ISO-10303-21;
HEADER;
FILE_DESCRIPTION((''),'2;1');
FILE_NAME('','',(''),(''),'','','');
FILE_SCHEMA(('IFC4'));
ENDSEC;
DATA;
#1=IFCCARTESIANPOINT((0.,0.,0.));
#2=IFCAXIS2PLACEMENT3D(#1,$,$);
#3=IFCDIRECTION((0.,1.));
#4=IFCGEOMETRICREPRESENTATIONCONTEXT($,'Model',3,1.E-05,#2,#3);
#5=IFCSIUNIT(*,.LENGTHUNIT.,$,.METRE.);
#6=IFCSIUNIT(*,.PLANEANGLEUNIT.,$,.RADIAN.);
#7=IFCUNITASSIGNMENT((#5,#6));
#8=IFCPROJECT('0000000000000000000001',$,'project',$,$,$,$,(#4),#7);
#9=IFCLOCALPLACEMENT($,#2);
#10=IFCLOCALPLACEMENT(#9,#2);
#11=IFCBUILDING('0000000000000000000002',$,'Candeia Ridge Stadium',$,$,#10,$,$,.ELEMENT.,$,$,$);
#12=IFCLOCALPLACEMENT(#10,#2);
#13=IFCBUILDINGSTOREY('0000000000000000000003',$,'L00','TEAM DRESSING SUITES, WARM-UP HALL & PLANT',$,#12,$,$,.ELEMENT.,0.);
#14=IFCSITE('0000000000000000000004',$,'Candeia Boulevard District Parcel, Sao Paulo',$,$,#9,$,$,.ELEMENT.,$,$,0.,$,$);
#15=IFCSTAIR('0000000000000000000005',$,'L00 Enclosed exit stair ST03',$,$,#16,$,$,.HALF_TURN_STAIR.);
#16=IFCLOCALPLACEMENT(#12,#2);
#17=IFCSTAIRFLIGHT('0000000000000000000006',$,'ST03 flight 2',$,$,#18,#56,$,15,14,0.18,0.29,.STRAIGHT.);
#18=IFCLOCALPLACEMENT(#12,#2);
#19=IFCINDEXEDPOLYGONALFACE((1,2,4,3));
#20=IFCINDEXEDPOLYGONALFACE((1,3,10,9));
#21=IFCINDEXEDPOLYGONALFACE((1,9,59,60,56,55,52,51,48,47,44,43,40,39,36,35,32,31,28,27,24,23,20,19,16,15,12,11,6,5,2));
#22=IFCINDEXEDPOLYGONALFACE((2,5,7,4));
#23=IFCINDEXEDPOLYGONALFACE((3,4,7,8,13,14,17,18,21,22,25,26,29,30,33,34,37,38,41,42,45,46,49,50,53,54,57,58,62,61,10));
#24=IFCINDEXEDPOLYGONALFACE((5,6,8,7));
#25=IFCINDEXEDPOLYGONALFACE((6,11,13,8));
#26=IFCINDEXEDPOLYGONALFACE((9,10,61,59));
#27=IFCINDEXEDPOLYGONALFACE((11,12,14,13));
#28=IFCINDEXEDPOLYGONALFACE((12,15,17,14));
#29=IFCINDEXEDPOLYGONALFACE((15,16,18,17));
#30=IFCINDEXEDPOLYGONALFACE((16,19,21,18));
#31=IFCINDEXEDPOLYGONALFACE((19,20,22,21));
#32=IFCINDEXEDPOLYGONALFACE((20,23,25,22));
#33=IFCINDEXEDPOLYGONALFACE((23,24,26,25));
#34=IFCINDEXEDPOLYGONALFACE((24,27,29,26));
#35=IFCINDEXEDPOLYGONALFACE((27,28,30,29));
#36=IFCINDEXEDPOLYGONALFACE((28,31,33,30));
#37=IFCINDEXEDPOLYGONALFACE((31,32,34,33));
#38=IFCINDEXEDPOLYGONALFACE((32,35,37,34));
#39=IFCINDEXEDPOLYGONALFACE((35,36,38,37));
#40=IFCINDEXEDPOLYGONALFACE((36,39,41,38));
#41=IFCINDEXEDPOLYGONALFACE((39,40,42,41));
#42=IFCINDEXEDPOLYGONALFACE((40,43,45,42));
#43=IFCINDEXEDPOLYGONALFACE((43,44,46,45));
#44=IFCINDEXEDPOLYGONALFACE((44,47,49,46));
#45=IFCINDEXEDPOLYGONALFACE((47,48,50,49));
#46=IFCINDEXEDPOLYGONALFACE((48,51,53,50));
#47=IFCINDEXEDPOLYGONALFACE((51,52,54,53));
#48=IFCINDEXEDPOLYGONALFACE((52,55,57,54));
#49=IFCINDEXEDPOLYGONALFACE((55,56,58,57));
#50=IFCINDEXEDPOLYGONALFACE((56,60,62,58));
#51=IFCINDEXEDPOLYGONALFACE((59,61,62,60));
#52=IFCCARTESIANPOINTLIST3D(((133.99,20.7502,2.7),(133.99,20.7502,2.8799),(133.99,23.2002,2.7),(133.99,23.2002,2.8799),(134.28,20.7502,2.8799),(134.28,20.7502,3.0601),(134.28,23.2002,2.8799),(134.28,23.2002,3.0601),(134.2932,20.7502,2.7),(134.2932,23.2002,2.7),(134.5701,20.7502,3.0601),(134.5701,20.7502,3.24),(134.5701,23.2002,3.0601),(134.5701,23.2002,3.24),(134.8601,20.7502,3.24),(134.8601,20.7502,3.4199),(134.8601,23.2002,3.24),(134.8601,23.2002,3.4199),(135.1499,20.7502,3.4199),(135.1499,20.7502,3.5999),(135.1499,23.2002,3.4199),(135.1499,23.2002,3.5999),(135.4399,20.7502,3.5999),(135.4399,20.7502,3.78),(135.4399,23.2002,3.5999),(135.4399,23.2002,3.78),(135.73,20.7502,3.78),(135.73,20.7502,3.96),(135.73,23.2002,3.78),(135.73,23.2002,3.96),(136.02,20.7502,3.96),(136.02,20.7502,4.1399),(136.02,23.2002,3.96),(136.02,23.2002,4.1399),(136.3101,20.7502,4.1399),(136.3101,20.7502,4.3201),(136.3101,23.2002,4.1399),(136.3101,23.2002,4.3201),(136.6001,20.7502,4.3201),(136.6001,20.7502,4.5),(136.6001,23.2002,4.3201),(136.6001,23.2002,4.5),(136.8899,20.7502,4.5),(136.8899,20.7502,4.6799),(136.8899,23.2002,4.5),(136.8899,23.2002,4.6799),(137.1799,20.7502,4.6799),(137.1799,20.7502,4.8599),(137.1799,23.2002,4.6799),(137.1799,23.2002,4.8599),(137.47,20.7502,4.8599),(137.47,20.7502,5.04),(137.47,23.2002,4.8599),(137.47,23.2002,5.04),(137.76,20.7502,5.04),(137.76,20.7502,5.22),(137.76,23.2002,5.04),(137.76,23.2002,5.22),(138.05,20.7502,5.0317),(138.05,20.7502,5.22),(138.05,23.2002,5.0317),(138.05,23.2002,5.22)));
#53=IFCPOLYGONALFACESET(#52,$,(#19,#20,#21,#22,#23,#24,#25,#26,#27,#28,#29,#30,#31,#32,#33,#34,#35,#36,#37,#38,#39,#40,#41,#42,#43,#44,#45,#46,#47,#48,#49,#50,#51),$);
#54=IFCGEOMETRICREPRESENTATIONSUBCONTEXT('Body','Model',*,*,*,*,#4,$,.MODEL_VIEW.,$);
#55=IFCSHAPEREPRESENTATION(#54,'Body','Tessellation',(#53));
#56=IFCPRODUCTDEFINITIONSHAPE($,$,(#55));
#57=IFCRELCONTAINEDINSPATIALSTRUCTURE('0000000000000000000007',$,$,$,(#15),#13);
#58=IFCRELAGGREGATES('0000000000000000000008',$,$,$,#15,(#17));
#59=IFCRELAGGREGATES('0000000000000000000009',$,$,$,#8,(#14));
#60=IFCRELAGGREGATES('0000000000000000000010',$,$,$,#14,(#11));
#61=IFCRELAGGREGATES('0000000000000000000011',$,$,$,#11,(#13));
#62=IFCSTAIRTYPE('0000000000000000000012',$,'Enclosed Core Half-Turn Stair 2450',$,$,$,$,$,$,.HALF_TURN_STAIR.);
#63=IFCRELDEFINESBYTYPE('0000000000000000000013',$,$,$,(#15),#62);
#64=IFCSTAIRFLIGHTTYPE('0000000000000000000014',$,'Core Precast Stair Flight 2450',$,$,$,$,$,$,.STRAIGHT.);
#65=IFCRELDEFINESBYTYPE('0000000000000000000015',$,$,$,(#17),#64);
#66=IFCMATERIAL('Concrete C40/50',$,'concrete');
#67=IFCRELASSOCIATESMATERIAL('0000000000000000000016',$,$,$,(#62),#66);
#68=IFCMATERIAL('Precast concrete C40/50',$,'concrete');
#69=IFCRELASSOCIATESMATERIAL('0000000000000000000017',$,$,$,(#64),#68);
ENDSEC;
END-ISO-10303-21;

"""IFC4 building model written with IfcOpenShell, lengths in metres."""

from ifc_helpers import new_model, si_unit, direction, frame, origin, place, context, subcontext, project, spatial, polyline, outline, extrude, material, type_object, element, aggregate, save


model = new_model("IFC4")

# Units and contexts
model_context = context("Model", 3, precision=1e-05, world=origin(), true_north=direction((0.0, 1.0)))
body_context = subcontext(model_context, "Body", "Model", "MODEL_VIEW")
ifc_project = project(units=[si_unit("LENGTHUNIT", "METRE"), si_unit("PLANEANGLEUNIT", "RADIAN")], contexts=[model_context])

# Site, building, storey
site_placement = place(None, origin())
site = spatial("IfcSite", under=ifc_project, at=site_placement, Name="Candeia Boulevard District Parcel, Sao Paulo", CompositionType="ELEMENT", RefElevation=0.0)
building_placement = place(site_placement, origin())
building = spatial("IfcBuilding", under=site, at=building_placement, Name="Candeia Ridge Stadium", CompositionType="ELEMENT")
storey_placement = place(building_placement, origin())
storey = spatial("IfcBuildingStorey", under=building, at=storey_placement, Name="L00", Description="TEAM DRESSING SUITES, WARM-UP HALL & PLANT", CompositionType="ELEMENT", Elevation=0.0)

# Shared definitions
ifc_material_1 = material(Name="Concrete C40/50", Category="concrete")

# Stair, stair flight
stair_type = type_object("IfcStairType", Name="Enclosed Core Half-Turn Stair 2450", PredefinedType="HALF_TURN_STAIR", material=ifc_material_1)
stair_placement = place(storey_placement, origin())
stair = element("IfcStair", 1, at=stair_placement, inside=storey, type_object=stair_type, Name="L00 Enclosed exit stair ST03", PredefinedType="HALF_TURN_STAIR")
ifc_material_2 = material(Name="Precast concrete C40/50", Category="concrete")
stair_flight_type = type_object("IfcStairFlightType", Name="Core Precast Stair Flight 2450", PredefinedType="STRAIGHT", material=ifc_material_2)
stair_flight_placement = place(storey_placement, frame((133.99, 21.9751, 2.7), z_axis=(0.0, 0.0, 1.0), x_axis=(1.0, 0.0, 0.0)))
stair_flight = element("IfcStairFlight", 2, at=stair_flight_placement, type_object=stair_flight_type, Name="ST03 flight 2", NumberOfRisers=15, NumberOfTreads=14, PredefinedType="STRAIGHT", RiserHeight=0.18, TreadLength=0.29, context=body_context, shape_type="SweptSolid", body=[
    extrude(outline(polyline([(0.0, 0.0), (0.0, 0.1799), (0.29, 0.1799), (0.29, 0.3601), (0.5801, 0.3601), (0.5801, 0.54), (0.8701, 0.54), (0.8701, 0.72), (1.1599, 0.72), (1.1599, 0.8999), (1.45, 0.8999), (1.45, 1.0801), (1.74, 1.0801), (1.74, 1.26), (2.03, 1.26), (2.03, 1.4399), (2.3201, 1.4399), (2.3201, 1.6201), (2.6101, 1.6201), (2.6101, 1.8), (2.8999, 1.8), (2.8999, 1.98), (3.1899, 1.98), (3.1899, 2.1599), (3.48, 2.1599), (3.48, 2.3401), (3.77, 2.3401), (3.77, 2.52), (4.0601, 2.52), (4.0601, 2.7), (4.0601, 2.3318), (0.3032, 0.0), (0.0, 0.0)])), frame((0.0, 1.2251, 0.0), z_axis=(0.0, -1.0, 0.0), x_axis=(1.0, 0.0, 0.0)), (0.0, 0.0, 1.0), 2.45),
])
aggregate(stair, [stair_flight])

save(model, "model.ifc")
